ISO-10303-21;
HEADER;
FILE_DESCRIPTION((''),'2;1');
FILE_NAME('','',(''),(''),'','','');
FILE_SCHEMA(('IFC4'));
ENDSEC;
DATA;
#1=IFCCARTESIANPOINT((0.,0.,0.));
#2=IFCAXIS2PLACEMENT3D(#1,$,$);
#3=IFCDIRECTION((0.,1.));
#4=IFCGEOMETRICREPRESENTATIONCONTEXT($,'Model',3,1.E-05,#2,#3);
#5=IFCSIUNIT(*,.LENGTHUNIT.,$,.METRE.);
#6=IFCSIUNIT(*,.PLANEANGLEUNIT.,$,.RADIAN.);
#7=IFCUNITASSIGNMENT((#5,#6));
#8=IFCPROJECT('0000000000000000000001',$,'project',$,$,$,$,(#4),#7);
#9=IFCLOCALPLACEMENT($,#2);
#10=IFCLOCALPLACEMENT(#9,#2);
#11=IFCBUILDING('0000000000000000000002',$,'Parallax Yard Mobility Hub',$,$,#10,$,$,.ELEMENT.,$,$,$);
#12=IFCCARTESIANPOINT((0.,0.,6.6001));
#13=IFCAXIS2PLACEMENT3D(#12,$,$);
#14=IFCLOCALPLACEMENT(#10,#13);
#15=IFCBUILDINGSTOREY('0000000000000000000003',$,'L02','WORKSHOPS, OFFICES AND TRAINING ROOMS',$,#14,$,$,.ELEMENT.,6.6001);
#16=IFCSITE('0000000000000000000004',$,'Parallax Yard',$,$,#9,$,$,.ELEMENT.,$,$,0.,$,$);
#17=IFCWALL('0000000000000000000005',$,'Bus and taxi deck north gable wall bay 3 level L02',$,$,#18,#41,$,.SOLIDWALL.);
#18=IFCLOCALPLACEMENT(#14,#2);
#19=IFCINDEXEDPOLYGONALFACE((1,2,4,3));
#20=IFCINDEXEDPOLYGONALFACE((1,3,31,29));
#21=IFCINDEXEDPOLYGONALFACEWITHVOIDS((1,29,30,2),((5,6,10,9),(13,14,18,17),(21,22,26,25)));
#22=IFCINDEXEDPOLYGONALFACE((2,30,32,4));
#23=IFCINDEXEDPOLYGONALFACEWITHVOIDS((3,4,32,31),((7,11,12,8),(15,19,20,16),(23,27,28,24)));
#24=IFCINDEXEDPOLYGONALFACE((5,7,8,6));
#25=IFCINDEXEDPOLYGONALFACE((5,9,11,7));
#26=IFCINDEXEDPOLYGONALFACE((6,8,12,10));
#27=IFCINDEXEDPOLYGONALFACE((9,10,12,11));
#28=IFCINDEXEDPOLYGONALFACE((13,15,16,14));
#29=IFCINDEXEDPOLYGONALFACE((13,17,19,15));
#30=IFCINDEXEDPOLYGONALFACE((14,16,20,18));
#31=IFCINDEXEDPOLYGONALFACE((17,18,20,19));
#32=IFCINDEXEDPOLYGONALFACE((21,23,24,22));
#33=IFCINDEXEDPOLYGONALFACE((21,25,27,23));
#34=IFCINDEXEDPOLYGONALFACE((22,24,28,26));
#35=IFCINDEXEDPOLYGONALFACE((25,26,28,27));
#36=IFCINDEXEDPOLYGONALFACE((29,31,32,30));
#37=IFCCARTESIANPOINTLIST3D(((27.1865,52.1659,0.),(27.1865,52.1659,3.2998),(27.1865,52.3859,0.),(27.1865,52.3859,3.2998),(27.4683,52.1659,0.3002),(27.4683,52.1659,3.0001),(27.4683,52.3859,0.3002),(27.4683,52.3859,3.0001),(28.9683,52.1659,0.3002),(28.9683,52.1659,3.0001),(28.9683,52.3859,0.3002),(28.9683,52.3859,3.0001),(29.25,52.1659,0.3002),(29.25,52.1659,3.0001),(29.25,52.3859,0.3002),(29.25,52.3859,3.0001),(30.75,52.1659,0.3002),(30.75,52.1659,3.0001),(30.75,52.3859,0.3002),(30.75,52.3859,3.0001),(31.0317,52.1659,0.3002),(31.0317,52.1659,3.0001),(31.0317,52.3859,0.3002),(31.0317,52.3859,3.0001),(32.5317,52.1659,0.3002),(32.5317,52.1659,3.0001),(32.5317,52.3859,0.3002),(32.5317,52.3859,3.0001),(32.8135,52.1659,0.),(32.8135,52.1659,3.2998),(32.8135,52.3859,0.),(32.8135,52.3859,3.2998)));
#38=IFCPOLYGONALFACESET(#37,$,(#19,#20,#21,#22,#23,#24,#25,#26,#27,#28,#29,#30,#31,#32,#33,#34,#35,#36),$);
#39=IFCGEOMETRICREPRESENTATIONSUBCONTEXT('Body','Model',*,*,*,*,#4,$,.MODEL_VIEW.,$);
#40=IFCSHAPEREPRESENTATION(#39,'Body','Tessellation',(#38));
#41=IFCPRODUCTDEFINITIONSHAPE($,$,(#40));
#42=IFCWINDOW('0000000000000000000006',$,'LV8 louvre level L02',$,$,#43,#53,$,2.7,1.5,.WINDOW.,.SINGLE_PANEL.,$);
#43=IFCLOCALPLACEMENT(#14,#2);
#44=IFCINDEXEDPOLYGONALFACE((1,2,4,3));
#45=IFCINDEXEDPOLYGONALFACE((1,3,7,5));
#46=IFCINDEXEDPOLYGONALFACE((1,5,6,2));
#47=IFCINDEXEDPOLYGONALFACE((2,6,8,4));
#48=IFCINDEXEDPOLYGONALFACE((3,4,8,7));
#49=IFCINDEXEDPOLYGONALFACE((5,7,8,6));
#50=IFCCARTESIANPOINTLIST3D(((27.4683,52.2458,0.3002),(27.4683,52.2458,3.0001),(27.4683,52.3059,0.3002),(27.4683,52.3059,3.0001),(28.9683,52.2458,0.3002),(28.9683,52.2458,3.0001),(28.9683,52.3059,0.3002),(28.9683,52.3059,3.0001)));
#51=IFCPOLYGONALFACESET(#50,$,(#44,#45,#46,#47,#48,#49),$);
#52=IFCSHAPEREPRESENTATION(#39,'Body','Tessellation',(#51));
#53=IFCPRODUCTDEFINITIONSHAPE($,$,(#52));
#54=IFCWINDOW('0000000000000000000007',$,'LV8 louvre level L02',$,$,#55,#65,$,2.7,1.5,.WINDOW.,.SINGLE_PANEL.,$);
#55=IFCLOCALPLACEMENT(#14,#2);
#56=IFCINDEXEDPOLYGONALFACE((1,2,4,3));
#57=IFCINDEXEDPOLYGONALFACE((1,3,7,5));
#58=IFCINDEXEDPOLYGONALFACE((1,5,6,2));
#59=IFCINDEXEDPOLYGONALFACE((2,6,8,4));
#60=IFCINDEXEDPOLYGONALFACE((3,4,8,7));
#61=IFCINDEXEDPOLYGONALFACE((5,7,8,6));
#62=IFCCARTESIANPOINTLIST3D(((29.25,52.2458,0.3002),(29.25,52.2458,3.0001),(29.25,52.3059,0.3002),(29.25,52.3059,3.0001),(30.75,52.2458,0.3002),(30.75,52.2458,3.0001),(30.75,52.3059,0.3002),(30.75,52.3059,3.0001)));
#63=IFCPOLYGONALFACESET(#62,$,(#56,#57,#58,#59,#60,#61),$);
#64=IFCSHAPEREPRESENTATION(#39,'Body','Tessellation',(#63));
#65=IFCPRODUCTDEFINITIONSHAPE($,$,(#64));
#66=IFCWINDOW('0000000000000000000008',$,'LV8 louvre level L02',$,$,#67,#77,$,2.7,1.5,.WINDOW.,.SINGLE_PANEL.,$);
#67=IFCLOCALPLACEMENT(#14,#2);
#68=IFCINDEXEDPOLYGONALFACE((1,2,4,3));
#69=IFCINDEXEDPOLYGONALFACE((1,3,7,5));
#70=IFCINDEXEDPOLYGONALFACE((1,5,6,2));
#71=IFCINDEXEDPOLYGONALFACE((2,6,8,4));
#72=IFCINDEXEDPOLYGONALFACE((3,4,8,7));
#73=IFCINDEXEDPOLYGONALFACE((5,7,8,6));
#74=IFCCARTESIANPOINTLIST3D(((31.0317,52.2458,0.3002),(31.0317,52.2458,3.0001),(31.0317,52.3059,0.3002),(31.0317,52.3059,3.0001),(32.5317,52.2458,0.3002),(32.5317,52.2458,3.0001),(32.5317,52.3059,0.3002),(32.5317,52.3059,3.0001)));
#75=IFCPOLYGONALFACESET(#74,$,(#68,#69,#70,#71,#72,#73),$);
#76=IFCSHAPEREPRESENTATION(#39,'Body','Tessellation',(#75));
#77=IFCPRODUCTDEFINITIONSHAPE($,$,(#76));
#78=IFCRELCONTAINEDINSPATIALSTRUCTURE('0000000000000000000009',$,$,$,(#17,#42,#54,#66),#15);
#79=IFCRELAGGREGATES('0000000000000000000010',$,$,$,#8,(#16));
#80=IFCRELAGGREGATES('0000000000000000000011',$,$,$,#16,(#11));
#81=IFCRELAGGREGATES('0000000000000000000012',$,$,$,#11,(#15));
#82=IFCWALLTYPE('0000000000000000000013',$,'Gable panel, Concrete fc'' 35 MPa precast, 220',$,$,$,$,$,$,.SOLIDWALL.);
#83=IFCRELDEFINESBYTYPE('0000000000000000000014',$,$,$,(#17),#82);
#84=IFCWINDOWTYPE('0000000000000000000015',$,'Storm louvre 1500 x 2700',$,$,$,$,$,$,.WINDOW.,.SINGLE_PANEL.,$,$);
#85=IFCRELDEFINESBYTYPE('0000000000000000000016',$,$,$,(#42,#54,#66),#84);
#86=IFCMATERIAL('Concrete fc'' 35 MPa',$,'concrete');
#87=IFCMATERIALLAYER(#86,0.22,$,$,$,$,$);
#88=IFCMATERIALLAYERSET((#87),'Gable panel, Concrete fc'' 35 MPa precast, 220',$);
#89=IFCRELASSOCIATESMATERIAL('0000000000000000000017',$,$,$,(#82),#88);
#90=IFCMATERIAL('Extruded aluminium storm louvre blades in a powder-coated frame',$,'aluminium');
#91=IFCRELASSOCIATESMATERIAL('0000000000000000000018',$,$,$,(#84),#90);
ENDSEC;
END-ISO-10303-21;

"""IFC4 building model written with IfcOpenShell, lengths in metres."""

from ifc_helpers import new_model, si_unit, direction, frame, frame_2d, origin, place, context, subcontext, project, spatial, rectangle, extrude, material, layer, layer_set, type_object, element, fill, save


model = new_model("IFC4")

# Units and contexts
model_context = context("Model", 3, precision=1e-05, world=origin(), true_north=direction((0.0, 1.0)))
body_context = subcontext(model_context, "Body", "Model", "MODEL_VIEW")
ifc_project = project(units=[si_unit("LENGTHUNIT", "METRE"), si_unit("PLANEANGLEUNIT", "RADIAN")], contexts=[model_context])

# Site, building, storey
site_placement = place(None, origin())
site = spatial("IfcSite", under=ifc_project, at=site_placement, Name="Parallax Yard", CompositionType="ELEMENT", RefElevation=0.0)
building_placement = place(site_placement, origin())
building = spatial("IfcBuilding", under=site, at=building_placement, Name="Parallax Yard Mobility Hub", CompositionType="ELEMENT")
storey_placement = place(building_placement, frame((0.0, 0.0, 6.6001)))
storey = spatial("IfcBuildingStorey", under=building, at=storey_placement, Name="L02", Description="WORKSHOPS, OFFICES AND TRAINING ROOMS", CompositionType="ELEMENT", Elevation=6.6001)

# Wall, openings, windows
ifc_material_1 = material(Name="Concrete fc' 35 MPa", Category="concrete")
ifc_layer = layer(ifc_material_1, 0.22)
ifc_layer_set = layer_set([ifc_layer], Name="Gable panel, Concrete fc' 35 MPa precast, 220")
wall_type = type_object("IfcWallType", Name="Gable panel, Concrete fc' 35 MPa precast, 220", PredefinedType="SOLIDWALL", material=ifc_layer_set)
ifc_material_2 = material(Name="Extruded aluminium storm louvre blades in a powder-coated frame", Category="aluminium")
window_type = type_object("IfcWindowType", Name="Storm louvre 1500 x 2700", PartitioningType="SINGLE_PANEL", PredefinedType="WINDOW", material=ifc_material_2)
wall_1_placement = place(storey_placement, frame((27.1865, 52.2759, 0.0), z_axis=(0.0, 0.0, 1.0), x_axis=(1.0, 0.0, 0.0)))
wall_1 = element("IfcWall", 1, at=wall_1_placement, inside=storey, type_object=wall_type, Name="Bus and taxi deck north gable wall bay 3 level L02", PredefinedType="SOLIDWALL", context=body_context, shape_type="SweptSolid", body=[
    extrude(rectangle(XDim=5.627, YDim=0.22, at=frame_2d((2.8135, 0.0))), origin(), (0.0, 0.0, 1.0), 3.2998),
])
opening_1_placement = place(wall_1_placement, frame((0.2817, 0.0, 0.3)))
opening_1 = element("IfcOpeningElement", 2, at=opening_1_placement, cuts=wall_1, PredefinedType="OPENING", context=body_context, shape_type="SweptSolid", body=[
    extrude(rectangle(XDim=1.5, YDim=2.7, at=frame_2d((0.75, 1.3501))), frame((0.0, 0.1201, 0.0), z_axis=(0.0, -1.0, 0.0), x_axis=(1.0, 0.0, 0.0)), (0.0, 0.0, 1.0), 0.24),
])
opening_2_placement = place(wall_1_placement, frame((2.0635, 0.0, 0.3)))
opening_2 = element("IfcOpeningElement", 3, at=opening_2_placement, cuts=wall_1, PredefinedType="OPENING", context=body_context, shape_type="SweptSolid", body=[
    extrude(rectangle(XDim=1.5, YDim=2.7, at=frame_2d((0.75, 1.3501))), frame((0.0, 0.1201, 0.0), z_axis=(0.0, -1.0, 0.0), x_axis=(1.0, 0.0, 0.0)), (0.0, 0.0, 1.0), 0.24),
])
opening_3_placement = place(wall_1_placement, frame((3.8452, 0.0, 0.3)))
opening_3 = element("IfcOpeningElement", 4, at=opening_3_placement, cuts=wall_1, PredefinedType="OPENING", context=body_context, shape_type="SweptSolid", body=[
    extrude(rectangle(XDim=1.5, YDim=2.7, at=frame_2d((0.75, 1.3501))), frame((0.0, 0.1201, 0.0), z_axis=(0.0, -1.0, 0.0), x_axis=(1.0, 0.0, 0.0)), (0.0, 0.0, 1.0), 0.24),
])
window_1_placement = place(opening_1_placement, origin())
window_1 = element("IfcWindow", 5, at=window_1_placement, inside=storey, type_object=window_type, Name="LV8 louvre level L02", OverallHeight=2.7, OverallWidth=1.5, PartitioningType="SINGLE_PANEL", PredefinedType="WINDOW", context=body_context, shape_type="SweptSolid", body=[
    extrude(rectangle(XDim=1.5, YDim=2.7, at=frame_2d((0.75, 1.3501))), frame((0.0, 0.03, 0.0), z_axis=(0.0, -1.0, 0.0), x_axis=(1.0, 0.0, 0.0)), (0.0, 0.0, 1.0), 0.0601),
])
fill(opening_1, window_1)
window_2_placement = place(opening_2_placement, origin())
window_2 = element("IfcWindow", 6, at=window_2_placement, inside=storey, type_object=window_type, Name="LV8 louvre level L02", OverallHeight=2.7, OverallWidth=1.5, PartitioningType="SINGLE_PANEL", PredefinedType="WINDOW", context=body_context, shape_type="SweptSolid", body=[
    extrude(rectangle(XDim=1.5, YDim=2.7, at=frame_2d((0.75, 1.3501))), frame((0.0, 0.03, 0.0), z_axis=(0.0, -1.0, 0.0), x_axis=(1.0, 0.0, 0.0)), (0.0, 0.0, 1.0), 0.0601),
])
fill(opening_2, window_2)
window_3_placement = place(opening_3_placement, origin())
window_3 = element("IfcWindow", 7, at=window_3_placement, inside=storey, type_object=window_type, Name="LV8 louvre level L02", OverallHeight=2.7, OverallWidth=1.5, PartitioningType="SINGLE_PANEL", PredefinedType="WINDOW", context=body_context, shape_type="SweptSolid", body=[
    extrude(rectangle(XDim=1.5, YDim=2.7, at=frame_2d((0.75, 1.3501))), frame((0.0, 0.03, 0.0), z_axis=(0.0, -1.0, 0.0), x_axis=(1.0, 0.0, 0.0)), (0.0, 0.0, 1.0), 0.0601),
])
fill(opening_3, window_3)

save(model, "model.ifc")
